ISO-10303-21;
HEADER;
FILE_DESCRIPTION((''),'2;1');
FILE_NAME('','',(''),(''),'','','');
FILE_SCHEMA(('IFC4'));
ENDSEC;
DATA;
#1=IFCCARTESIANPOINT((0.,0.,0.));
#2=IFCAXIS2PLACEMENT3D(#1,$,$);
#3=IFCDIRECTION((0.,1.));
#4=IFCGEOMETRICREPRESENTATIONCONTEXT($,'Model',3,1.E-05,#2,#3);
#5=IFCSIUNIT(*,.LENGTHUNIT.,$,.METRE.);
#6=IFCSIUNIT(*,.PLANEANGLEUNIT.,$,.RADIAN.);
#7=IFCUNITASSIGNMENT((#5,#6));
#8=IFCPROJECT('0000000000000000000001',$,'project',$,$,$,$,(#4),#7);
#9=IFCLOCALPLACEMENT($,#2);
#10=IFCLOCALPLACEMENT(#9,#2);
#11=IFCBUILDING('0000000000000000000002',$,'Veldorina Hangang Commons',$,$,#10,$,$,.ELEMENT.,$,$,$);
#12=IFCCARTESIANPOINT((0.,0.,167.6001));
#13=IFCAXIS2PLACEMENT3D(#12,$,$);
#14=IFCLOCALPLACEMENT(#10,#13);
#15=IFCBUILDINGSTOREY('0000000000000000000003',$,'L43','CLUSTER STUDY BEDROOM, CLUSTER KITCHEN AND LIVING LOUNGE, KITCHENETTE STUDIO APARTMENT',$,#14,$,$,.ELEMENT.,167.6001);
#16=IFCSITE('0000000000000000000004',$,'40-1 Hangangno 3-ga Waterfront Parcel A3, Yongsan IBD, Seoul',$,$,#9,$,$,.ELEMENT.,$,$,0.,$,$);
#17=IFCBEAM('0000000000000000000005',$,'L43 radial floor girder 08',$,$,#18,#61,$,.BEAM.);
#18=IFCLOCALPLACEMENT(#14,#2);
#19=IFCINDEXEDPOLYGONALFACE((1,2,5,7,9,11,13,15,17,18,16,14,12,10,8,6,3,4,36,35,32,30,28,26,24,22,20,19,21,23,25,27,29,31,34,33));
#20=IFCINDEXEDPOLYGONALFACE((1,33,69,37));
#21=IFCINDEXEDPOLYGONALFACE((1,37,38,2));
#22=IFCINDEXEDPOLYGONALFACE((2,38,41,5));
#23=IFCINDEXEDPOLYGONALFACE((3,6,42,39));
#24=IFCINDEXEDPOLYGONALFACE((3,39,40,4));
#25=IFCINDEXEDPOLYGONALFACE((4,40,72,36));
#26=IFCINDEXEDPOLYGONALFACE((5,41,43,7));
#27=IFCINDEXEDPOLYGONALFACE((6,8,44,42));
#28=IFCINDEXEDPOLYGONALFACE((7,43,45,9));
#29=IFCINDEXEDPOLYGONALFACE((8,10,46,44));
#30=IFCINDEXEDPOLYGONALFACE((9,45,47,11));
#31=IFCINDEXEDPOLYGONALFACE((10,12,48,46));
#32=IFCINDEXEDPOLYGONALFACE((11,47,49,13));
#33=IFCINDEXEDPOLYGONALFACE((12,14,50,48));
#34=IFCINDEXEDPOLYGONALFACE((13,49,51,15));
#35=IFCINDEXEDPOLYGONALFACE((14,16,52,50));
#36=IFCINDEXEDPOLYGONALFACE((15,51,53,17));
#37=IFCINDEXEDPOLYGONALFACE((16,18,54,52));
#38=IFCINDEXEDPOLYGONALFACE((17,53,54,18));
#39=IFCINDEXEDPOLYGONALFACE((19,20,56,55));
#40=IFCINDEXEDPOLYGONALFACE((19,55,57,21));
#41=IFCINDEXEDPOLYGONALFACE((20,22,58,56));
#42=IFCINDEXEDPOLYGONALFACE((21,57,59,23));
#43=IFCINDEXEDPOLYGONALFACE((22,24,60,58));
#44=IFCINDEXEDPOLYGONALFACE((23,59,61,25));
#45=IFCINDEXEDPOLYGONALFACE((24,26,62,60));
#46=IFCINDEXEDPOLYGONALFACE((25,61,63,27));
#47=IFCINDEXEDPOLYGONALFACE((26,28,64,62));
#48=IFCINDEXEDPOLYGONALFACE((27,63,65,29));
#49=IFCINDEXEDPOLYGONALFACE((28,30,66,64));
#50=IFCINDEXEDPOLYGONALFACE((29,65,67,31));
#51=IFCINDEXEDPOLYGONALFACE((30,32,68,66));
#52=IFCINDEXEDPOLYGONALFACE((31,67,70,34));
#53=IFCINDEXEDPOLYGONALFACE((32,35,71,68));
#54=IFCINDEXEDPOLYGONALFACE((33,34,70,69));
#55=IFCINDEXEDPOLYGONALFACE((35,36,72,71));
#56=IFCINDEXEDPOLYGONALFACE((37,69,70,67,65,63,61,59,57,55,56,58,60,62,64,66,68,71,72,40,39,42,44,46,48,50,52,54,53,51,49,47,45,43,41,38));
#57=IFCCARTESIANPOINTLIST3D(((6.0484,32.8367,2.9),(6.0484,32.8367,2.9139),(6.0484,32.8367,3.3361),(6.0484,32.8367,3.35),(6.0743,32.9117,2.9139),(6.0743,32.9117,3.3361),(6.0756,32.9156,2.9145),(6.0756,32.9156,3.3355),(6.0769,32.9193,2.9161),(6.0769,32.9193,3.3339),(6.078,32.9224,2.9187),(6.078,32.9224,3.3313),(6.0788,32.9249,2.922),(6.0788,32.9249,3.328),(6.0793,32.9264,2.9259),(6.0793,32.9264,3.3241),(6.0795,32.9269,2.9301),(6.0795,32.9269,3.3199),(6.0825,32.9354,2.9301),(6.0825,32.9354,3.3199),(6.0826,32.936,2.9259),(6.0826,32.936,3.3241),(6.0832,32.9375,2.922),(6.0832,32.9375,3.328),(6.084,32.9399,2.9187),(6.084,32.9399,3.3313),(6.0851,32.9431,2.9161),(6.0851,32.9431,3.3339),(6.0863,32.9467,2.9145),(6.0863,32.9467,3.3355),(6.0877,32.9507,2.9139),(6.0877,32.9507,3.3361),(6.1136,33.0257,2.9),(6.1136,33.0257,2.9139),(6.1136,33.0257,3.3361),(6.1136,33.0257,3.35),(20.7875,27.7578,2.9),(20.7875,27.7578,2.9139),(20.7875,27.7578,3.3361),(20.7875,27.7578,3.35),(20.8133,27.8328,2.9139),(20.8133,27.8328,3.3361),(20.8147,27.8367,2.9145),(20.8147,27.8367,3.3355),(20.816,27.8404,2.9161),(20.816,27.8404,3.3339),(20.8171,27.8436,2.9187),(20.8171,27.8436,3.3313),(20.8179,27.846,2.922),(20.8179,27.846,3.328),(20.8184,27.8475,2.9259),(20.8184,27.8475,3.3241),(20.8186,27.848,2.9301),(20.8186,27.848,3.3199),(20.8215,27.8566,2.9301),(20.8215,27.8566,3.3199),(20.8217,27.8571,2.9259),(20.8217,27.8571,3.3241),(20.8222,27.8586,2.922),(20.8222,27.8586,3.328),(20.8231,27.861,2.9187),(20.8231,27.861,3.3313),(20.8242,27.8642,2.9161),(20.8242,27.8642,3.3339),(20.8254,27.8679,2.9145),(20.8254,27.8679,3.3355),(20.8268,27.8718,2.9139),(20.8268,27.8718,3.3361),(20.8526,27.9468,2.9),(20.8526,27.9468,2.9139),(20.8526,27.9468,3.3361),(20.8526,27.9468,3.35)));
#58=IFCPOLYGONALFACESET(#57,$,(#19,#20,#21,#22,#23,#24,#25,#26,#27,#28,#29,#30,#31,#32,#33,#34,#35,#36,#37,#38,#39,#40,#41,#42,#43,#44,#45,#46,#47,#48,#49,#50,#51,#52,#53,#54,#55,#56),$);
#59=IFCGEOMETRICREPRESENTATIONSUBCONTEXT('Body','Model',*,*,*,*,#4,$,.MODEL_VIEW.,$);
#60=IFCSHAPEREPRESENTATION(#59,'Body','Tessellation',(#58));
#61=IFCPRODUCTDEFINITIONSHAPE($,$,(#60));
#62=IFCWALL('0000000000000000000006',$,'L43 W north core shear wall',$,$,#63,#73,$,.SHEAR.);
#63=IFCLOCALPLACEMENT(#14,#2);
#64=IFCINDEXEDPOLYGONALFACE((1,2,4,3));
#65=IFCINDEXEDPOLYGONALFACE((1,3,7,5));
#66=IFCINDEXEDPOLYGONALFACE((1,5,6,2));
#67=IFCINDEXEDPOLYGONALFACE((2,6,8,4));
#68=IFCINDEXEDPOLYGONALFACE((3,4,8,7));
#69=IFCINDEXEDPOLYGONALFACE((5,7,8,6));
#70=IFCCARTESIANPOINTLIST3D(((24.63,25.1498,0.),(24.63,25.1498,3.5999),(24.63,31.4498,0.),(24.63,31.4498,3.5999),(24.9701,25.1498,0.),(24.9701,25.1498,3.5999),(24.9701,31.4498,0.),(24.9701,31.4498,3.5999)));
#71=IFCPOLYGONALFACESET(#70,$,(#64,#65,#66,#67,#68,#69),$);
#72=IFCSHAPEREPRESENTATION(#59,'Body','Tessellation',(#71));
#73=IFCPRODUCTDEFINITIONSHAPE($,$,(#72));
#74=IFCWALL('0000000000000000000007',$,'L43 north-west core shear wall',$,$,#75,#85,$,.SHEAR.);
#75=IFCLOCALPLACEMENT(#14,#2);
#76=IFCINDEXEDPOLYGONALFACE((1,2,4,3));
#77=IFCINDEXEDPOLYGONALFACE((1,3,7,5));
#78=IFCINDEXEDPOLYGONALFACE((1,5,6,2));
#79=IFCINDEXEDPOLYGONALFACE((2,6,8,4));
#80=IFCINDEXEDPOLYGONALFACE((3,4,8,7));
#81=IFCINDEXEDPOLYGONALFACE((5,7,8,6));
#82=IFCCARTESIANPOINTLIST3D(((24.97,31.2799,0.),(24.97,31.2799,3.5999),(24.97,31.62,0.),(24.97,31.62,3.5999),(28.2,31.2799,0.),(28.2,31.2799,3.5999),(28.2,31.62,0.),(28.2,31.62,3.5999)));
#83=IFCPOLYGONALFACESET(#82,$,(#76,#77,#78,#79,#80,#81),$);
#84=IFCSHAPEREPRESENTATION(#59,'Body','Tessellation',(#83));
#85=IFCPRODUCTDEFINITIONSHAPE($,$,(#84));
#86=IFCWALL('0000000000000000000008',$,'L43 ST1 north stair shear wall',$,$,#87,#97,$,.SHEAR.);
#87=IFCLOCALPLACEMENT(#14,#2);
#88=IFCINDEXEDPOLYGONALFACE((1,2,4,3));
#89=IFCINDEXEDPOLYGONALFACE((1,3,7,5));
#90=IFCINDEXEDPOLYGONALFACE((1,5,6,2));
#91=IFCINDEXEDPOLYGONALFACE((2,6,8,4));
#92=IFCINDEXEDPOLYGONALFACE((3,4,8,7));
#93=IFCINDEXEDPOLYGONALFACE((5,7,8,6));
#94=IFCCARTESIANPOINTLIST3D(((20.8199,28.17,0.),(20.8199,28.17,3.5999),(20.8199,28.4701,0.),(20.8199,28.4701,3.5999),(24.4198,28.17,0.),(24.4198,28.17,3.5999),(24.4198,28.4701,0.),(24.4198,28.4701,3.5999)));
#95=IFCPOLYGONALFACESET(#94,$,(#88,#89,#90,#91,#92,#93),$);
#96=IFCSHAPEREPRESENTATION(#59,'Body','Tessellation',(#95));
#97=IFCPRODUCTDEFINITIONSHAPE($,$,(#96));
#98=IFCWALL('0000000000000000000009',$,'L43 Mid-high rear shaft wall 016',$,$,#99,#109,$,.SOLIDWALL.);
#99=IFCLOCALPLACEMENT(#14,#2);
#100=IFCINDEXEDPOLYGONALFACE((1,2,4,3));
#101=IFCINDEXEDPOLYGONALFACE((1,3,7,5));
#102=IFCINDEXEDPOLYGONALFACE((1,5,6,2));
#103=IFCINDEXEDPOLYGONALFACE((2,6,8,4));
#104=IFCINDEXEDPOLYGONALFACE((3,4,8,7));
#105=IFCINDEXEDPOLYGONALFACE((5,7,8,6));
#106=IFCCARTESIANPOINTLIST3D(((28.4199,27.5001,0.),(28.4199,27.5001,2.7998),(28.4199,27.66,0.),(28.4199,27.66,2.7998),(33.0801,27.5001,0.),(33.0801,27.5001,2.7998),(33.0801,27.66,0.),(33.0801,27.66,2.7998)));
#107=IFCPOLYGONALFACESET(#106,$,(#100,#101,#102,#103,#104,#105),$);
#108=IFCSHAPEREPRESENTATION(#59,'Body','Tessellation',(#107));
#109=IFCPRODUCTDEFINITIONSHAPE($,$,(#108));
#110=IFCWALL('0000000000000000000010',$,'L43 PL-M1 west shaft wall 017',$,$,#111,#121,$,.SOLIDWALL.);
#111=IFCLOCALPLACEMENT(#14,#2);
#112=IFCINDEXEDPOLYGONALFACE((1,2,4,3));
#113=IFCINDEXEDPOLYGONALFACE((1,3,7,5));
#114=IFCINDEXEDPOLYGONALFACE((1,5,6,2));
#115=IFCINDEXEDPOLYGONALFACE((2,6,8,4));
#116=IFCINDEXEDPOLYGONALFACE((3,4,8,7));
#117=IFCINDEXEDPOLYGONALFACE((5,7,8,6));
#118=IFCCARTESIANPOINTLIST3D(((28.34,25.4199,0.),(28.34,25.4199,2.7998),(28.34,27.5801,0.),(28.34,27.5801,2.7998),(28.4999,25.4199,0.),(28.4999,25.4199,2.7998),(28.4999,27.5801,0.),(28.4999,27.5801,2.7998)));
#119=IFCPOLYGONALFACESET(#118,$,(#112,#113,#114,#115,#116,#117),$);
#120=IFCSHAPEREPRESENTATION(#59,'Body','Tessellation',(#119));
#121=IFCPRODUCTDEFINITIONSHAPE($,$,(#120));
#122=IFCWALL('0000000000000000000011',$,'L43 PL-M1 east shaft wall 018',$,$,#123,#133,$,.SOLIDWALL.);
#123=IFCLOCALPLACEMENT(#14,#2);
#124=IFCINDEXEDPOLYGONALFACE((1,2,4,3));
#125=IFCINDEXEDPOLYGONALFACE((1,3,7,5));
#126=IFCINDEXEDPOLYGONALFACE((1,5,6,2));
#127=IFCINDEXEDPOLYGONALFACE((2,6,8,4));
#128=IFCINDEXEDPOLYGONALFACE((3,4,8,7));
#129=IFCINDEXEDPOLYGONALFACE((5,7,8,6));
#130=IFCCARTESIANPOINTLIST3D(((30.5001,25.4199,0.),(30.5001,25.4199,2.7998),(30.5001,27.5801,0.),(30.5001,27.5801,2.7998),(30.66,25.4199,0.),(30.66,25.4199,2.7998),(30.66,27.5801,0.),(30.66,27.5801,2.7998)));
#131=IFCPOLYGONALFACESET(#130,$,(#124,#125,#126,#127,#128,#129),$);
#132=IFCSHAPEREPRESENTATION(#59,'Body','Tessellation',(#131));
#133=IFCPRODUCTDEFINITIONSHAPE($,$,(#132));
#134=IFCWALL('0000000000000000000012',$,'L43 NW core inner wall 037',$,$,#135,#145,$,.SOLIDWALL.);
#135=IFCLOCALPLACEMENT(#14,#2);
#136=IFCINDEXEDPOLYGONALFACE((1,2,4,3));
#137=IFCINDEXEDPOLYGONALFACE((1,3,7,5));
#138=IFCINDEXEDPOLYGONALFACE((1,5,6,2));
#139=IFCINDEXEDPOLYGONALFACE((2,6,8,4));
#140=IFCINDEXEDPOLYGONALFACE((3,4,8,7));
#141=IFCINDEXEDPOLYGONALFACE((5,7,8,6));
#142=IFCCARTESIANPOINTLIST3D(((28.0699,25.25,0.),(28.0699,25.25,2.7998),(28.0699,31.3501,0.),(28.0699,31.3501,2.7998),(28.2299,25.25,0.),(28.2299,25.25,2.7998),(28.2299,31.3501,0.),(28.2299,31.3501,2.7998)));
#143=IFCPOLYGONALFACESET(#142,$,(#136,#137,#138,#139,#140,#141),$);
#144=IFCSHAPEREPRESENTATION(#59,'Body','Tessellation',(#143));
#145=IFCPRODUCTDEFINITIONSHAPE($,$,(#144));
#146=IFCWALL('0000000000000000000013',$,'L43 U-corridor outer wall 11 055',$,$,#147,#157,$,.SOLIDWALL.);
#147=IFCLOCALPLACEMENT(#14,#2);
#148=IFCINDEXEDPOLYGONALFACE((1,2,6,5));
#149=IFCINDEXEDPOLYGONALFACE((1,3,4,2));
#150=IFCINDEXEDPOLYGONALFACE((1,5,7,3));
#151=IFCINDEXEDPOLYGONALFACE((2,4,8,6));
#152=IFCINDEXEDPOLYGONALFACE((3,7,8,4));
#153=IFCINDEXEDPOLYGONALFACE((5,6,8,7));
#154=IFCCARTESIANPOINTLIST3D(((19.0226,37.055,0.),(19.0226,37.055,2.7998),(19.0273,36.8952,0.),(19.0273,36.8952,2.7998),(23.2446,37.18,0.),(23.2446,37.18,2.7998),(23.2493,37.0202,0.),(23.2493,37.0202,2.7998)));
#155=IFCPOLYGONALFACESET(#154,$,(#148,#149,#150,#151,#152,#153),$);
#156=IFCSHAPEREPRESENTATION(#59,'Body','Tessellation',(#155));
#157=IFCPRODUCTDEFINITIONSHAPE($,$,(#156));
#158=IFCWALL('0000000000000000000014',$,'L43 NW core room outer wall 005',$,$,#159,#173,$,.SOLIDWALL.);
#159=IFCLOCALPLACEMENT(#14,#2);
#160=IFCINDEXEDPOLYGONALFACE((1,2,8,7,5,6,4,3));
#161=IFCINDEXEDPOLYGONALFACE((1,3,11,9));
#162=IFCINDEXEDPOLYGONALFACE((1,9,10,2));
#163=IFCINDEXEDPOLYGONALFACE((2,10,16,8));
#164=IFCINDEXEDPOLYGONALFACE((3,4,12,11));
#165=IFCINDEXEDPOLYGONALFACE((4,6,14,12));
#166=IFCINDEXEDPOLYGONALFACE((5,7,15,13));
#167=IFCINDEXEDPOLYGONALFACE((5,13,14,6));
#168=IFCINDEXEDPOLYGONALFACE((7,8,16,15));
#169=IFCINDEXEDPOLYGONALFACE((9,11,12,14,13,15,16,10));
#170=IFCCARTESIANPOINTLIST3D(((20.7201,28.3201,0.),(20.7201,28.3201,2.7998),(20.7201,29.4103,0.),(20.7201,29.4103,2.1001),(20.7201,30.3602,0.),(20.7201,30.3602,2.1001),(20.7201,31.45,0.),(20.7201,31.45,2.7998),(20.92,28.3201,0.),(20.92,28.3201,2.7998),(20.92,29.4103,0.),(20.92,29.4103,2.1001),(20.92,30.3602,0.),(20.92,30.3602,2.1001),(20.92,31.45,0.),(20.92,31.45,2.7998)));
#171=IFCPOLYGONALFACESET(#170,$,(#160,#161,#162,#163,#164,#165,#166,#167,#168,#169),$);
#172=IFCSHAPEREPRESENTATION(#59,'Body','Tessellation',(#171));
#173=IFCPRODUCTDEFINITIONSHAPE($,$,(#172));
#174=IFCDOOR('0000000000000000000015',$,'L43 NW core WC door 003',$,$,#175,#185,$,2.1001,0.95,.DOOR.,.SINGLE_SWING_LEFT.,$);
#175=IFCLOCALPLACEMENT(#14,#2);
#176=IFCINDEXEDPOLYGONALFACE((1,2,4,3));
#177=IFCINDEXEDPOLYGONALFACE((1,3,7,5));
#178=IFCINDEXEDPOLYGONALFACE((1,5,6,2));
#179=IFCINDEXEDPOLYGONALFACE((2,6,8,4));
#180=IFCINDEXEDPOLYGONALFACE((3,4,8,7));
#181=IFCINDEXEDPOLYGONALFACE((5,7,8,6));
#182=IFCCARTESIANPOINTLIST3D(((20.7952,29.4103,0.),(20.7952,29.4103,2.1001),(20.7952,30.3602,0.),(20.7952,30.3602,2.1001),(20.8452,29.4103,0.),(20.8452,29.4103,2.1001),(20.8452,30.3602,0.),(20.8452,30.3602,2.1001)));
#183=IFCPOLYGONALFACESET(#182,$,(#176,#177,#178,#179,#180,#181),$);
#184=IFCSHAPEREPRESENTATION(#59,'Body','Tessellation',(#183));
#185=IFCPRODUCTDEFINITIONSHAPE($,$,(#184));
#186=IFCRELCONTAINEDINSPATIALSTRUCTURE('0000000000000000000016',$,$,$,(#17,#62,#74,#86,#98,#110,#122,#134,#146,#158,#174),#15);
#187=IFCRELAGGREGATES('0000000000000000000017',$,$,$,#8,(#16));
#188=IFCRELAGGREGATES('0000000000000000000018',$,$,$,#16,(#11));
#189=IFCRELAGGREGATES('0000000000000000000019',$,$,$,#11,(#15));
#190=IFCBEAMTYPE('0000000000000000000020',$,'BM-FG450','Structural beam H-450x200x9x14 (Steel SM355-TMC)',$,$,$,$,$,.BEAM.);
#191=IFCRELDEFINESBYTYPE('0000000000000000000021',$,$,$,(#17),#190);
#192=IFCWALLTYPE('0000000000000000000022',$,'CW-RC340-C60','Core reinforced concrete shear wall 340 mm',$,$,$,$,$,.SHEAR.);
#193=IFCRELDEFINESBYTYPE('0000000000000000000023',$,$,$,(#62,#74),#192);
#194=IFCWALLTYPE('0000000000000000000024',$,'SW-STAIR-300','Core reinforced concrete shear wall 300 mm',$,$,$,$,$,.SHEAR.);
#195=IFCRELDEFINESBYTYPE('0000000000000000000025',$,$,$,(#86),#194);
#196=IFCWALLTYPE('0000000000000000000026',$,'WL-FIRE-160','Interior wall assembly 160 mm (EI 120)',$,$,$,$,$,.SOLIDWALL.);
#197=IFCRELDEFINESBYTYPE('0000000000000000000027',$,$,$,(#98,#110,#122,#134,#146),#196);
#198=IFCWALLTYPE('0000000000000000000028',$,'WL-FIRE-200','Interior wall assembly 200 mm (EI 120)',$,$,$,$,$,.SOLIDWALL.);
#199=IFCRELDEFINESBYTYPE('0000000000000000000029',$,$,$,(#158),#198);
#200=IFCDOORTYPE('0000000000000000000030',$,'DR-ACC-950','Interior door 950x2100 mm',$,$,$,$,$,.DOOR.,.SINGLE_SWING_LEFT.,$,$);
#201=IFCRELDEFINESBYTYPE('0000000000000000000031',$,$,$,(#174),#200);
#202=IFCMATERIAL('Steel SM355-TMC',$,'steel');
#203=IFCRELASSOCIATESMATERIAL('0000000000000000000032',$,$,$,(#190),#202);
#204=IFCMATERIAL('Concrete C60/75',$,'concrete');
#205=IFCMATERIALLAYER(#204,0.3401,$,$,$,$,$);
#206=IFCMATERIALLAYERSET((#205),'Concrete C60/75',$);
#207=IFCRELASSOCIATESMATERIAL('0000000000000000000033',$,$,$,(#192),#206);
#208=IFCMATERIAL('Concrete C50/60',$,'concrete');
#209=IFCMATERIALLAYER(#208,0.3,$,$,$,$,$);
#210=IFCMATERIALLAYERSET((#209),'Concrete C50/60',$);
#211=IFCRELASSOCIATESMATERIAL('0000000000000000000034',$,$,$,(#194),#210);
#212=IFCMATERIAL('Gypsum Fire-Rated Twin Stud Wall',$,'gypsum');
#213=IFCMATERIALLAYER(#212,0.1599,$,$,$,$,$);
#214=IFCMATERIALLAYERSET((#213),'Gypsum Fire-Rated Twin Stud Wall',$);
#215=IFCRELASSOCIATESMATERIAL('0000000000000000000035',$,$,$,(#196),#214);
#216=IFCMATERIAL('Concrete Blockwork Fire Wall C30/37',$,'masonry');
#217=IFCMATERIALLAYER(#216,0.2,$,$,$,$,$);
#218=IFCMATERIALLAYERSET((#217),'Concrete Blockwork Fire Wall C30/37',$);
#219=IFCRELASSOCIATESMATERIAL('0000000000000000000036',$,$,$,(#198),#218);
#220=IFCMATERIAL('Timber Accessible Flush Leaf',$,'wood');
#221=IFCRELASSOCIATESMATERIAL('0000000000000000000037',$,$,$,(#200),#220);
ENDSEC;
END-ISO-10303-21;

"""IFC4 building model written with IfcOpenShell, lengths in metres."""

from ifc_helpers import new_model, si_unit, direction, frame, frame_2d, origin, origin_2d, place, context, subcontext, project, spatial, rectangle, i_section, extrude, material, layer, layer_set, material_profile, profile_set, type_object, element, fill, save


model = new_model("IFC4")

# Units and contexts
model_context = context("Model", 3, precision=1e-05, world=origin(), true_north=direction((0.0, 1.0)))
body_context = subcontext(model_context, "Body", "Model", "MODEL_VIEW")
ifc_project = project(units=[si_unit("LENGTHUNIT", "METRE"), si_unit("PLANEANGLEUNIT", "RADIAN")], contexts=[model_context])

# Site, building, storey
site_placement = place(None, origin())
site = spatial("IfcSite", under=ifc_project, at=site_placement, Name="40-1 Hangangno 3-ga Waterfront Parcel A3, Yongsan IBD, Seoul", CompositionType="ELEMENT", RefElevation=0.0)
building_placement = place(site_placement, origin())
building = spatial("IfcBuilding", under=site, at=building_placement, Name="Veldorina Hangang Commons", CompositionType="ELEMENT")
storey_placement = place(building_placement, frame((0.0, 0.0, 167.6001)))
storey = spatial("IfcBuildingStorey", under=building, at=storey_placement, Name="L43", Description="CLUSTER STUDY BEDROOM, CLUSTER KITCHEN AND LIVING LOUNGE, KITCHENETTE STUDIO APARTMENT", CompositionType="ELEMENT", Elevation=167.6001)

# Beam
ifc_material_1 = material(Name="Concrete C60/75", Category="concrete")
ifc_material_2 = material(Name="Steel SM355-TMC", Category="steel")
ifc_material_profile_1 = material_profile(ifc_material_2, i_section(OverallWidth=0.2, OverallDepth=0.45, WebThickness=0.009, FlangeThickness=0.0139, FilletRadius=0.0161, at=origin_2d()), Name="H-450x200x9x14")
ifc_profile_set_1 = profile_set([ifc_material_profile_1], Name="Steel SM355-TMC")
beam_type_1 = type_object("IfcBeamType", Name="BM-FG450", Description="Structural beam H-450x200x9x14 (Steel SM355-TMC)", PredefinedType="BEAM", material=ifc_profile_set_1)
beam_1_placement = place(storey_placement, frame((20.8201, 27.8523, 3.125), z_axis=(-0.945443, 0.325787, 0.0), x_axis=(-0.325787, -0.945443, 0.0)))
element("IfcBeam", 1, at=beam_1_placement, inside=storey, type_object=beam_type_1, Name="L43 radial floor girder 08", PredefinedType="BEAM", context=body_context, shape_type="SweptSolid", body=[
    extrude(i_section(OverallWidth=0.2, OverallDepth=0.45, WebThickness=0.009, FlangeThickness=0.0139, FilletRadius=0.0161, at=origin_2d()), origin(), (0.0, 0.0, 1.0), 15.5896),
])

# Walls
ifc_layer_1 = layer(ifc_material_1, 0.3401)
ifc_layer_set_1 = layer_set([ifc_layer_1], Name="Concrete C60/75")
wall_type_1 = type_object("IfcWallType", Name="CW-RC340-C60", Description="Core reinforced concrete shear wall 340 mm", PredefinedType="SHEAR", material=ifc_layer_set_1)
wall_1_placement = place(storey_placement, frame((24.8, 25.1499, 0.0), z_axis=(0.0, 0.0, 1.0), x_axis=(0.0, 1.0, 0.0)))
element("IfcWall", 2, at=wall_1_placement, inside=storey, type_object=wall_type_1, Name="L43 W north core shear wall", PredefinedType="SHEAR", context=body_context, shape_type="SweptSolid", body=[
    extrude(rectangle(XDim=6.3, YDim=0.3401, at=frame_2d((3.1499, 0.0))), origin(), (0.0, 0.0, 1.0), 3.5999),
])
wall_2_placement = place(storey_placement, frame((24.97, 31.45, 0.0), z_axis=(0.0, 0.0, 1.0), x_axis=(1.0, 0.0, 0.0)))
element("IfcWall", 3, at=wall_2_placement, inside=storey, type_object=wall_type_1, Name="L43 north-west core shear wall", PredefinedType="SHEAR", context=body_context, shape_type="SweptSolid", body=[
    extrude(rectangle(XDim=3.23, YDim=0.3401, at=frame_2d((1.615, 0.0))), origin(), (0.0, 0.0, 1.0), 3.5999),
])
ifc_material_3 = material(Name="Concrete C50/60", Category="concrete")
ifc_layer_2 = layer(ifc_material_3, 0.3)
ifc_layer_set_2 = layer_set([ifc_layer_2], Name="Concrete C50/60")
wall_type_2 = type_object("IfcWallType", Name="SW-STAIR-300", Description="Core reinforced concrete shear wall 300 mm", PredefinedType="SHEAR", material=ifc_layer_set_2)
wall_3_placement = place(storey_placement, frame((20.8201, 28.3201, 0.0), z_axis=(0.0, 0.0, 1.0), x_axis=(1.0, 0.0, 0.0)))
element("IfcWall", 4, at=wall_3_placement, inside=storey, type_object=wall_type_2, Name="L43 ST1 north stair shear wall", PredefinedType="SHEAR", context=body_context, shape_type="SweptSolid", body=[
    extrude(rectangle(XDim=3.5999, YDim=0.3, at=frame_2d((1.7998, 0.0))), origin(), (0.0, 0.0, 1.0), 3.5999),
])

# Shared definitions
ifc_material_4 = material(Name="Gypsum Fire-Rated Twin Stud Wall", Category="gypsum")
ifc_layer_3 = layer(ifc_material_4, 0.1599)
ifc_layer_set_3 = layer_set([ifc_layer_3], Name="Gypsum Fire-Rated Twin Stud Wall")
wall_type_3 = type_object("IfcWallType", Name="WL-FIRE-160", Description="Interior wall assembly 160 mm (EI 120)", PredefinedType="SOLIDWALL", material=ifc_layer_set_3)

# Walls
wall_4_placement = place(storey_placement, frame((28.4199, 27.5801, 0.0), z_axis=(0.0, 0.0, 1.0), x_axis=(1.0, 0.0, 0.0)))
element("IfcWall", 5, at=wall_4_placement, inside=storey, type_object=wall_type_3, Name="L43 Mid-high rear shaft wall 016", PredefinedType="SOLIDWALL", context=body_context, shape_type="SweptSolid", body=[
    extrude(rectangle(XDim=4.6602, YDim=0.1599, at=frame_2d((2.3301, 0.0))), origin(), (0.0, 0.0, 1.0), 2.7998),
])
for number, where, z_axis, x_axis, name in (
    (6, (28.4199, 25.4199, 0.0), (0.0, 0.0, 1.0), (0.0, 1.0, 0.0), "L43 PL-M1 west shaft wall 017"),
    (7, (30.5801, 25.4199, 0.0), (0.0, 0.0, 1.0), (0.0, 1.0, 0.0), "L43 PL-M1 east shaft wall 018"),
):
    element("IfcWall", number, at=place(storey_placement, frame(where, z_axis=z_axis, x_axis=x_axis)), inside=storey, type_object=wall_type_3, Name=name, PredefinedType="SOLIDWALL", context=body_context, shape_type="SweptSolid", body=[
        extrude(rectangle(XDim=2.1602, YDim=0.1599, at=frame_2d((1.0801, 0.0))), origin(), (0.0, 0.0, 1.0), 2.7998),
    ])
wall_5_placement = place(storey_placement, frame((28.1499, 25.25, 0.0), z_axis=(0.0, 0.0, 1.0), x_axis=(0.0, 1.0, 0.0)))
element("IfcWall", 8, at=wall_5_placement, inside=storey, type_object=wall_type_3, Name="L43 NW core inner wall 037", PredefinedType="SOLIDWALL", context=body_context, shape_type="SweptSolid", body=[
    extrude(rectangle(XDim=6.1001, YDim=0.1599, at=frame_2d((3.05, 0.0))), origin(), (0.0, 0.0, 1.0), 2.7998),
])
wall_6_placement = place(storey_placement, frame((23.2468, 37.1001, 0.0), z_axis=(0.0, 0.0, 1.0), x_axis=(-0.999562, -0.029594, 0.0)))
element("IfcWall", 9, at=wall_6_placement, inside=storey, type_object=wall_type_3, Name="L43 U-corridor outer wall 11 055", PredefinedType="SOLIDWALL", context=body_context, shape_type="SweptSolid", body=[
    extrude(rectangle(XDim=4.2239, YDim=0.1599, at=frame_2d((2.1118, 0.0))), origin(), (0.0, 0.0, 1.0), 2.7998),
])

# Wall, opening, door
ifc_material_5 = material(Name="Concrete Blockwork Fire Wall C30/37", Category="masonry")
ifc_layer_4 = layer(ifc_material_5, 0.2)
ifc_layer_set_4 = layer_set([ifc_layer_4], Name="Concrete Blockwork Fire Wall C30/37")
wall_type_4 = type_object("IfcWallType", Name="WL-FIRE-200", Description="Interior wall assembly 200 mm (EI 120)", PredefinedType="SOLIDWALL", material=ifc_layer_set_4)
wall_7_placement = place(storey_placement, frame((20.8201, 28.3201, 0.0), z_axis=(0.0, 0.0, 1.0), x_axis=(0.0, 1.0, 0.0)))
wall_7 = element("IfcWall", 10, at=wall_7_placement, inside=storey, type_object=wall_type_4, Name="L43 NW core room outer wall 005", PredefinedType="SOLIDWALL", context=body_context, shape_type="SweptSolid", body=[
    extrude(rectangle(XDim=3.1299, YDim=0.2, at=frame_2d((1.5649, 0.0))), origin(), (0.0, 0.0, 1.0), 2.7998),
])
opening_1_placement = place(wall_7_placement, frame((1.0901, 0.0, 0.0)))
opening_1 = element("IfcOpeningElement", 11, at=opening_1_placement, cuts=wall_7, PredefinedType="OPENING", context=body_context, shape_type="SweptSolid", body=[
    extrude(rectangle(XDim=0.95, YDim=2.1001, at=frame_2d((0.4751, 1.05))), frame((0.0, 0.1099, 0.0), z_axis=(0.0, -1.0, 0.0), x_axis=(1.0, 0.0, 0.0)), (0.0, 0.0, 1.0), 0.22),
])
ifc_material_6 = material(Name="Timber Accessible Flush Leaf", Category="wood")
door_type_1 = type_object("IfcDoorType", Name="DR-ACC-950", Description="Interior door 950x2100 mm", OperationType="SINGLE_SWING_LEFT", PredefinedType="DOOR", material=ifc_material_6)
door_1_placement = place(opening_1_placement, origin())
door_1 = element("IfcDoor", 12, at=door_1_placement, inside=storey, type_object=door_type_1, Name="L43 NW core WC door 003", OperationType="SINGLE_SWING_LEFT", OverallHeight=2.1001, OverallWidth=0.95, PredefinedType="DOOR", context=body_context, shape_type="SweptSolid", body=[
    extrude(rectangle(XDim=0.95, YDim=2.1001, at=frame_2d((0.4751, 1.05))), frame((0.0, 0.0249, 0.0), z_axis=(0.0, -1.0, 0.0), x_axis=(1.0, 0.0, 0.0)), (0.0, 0.0, 1.0), 0.05),
])
fill(opening_1, door_1)

save(model, "model.ifc")
